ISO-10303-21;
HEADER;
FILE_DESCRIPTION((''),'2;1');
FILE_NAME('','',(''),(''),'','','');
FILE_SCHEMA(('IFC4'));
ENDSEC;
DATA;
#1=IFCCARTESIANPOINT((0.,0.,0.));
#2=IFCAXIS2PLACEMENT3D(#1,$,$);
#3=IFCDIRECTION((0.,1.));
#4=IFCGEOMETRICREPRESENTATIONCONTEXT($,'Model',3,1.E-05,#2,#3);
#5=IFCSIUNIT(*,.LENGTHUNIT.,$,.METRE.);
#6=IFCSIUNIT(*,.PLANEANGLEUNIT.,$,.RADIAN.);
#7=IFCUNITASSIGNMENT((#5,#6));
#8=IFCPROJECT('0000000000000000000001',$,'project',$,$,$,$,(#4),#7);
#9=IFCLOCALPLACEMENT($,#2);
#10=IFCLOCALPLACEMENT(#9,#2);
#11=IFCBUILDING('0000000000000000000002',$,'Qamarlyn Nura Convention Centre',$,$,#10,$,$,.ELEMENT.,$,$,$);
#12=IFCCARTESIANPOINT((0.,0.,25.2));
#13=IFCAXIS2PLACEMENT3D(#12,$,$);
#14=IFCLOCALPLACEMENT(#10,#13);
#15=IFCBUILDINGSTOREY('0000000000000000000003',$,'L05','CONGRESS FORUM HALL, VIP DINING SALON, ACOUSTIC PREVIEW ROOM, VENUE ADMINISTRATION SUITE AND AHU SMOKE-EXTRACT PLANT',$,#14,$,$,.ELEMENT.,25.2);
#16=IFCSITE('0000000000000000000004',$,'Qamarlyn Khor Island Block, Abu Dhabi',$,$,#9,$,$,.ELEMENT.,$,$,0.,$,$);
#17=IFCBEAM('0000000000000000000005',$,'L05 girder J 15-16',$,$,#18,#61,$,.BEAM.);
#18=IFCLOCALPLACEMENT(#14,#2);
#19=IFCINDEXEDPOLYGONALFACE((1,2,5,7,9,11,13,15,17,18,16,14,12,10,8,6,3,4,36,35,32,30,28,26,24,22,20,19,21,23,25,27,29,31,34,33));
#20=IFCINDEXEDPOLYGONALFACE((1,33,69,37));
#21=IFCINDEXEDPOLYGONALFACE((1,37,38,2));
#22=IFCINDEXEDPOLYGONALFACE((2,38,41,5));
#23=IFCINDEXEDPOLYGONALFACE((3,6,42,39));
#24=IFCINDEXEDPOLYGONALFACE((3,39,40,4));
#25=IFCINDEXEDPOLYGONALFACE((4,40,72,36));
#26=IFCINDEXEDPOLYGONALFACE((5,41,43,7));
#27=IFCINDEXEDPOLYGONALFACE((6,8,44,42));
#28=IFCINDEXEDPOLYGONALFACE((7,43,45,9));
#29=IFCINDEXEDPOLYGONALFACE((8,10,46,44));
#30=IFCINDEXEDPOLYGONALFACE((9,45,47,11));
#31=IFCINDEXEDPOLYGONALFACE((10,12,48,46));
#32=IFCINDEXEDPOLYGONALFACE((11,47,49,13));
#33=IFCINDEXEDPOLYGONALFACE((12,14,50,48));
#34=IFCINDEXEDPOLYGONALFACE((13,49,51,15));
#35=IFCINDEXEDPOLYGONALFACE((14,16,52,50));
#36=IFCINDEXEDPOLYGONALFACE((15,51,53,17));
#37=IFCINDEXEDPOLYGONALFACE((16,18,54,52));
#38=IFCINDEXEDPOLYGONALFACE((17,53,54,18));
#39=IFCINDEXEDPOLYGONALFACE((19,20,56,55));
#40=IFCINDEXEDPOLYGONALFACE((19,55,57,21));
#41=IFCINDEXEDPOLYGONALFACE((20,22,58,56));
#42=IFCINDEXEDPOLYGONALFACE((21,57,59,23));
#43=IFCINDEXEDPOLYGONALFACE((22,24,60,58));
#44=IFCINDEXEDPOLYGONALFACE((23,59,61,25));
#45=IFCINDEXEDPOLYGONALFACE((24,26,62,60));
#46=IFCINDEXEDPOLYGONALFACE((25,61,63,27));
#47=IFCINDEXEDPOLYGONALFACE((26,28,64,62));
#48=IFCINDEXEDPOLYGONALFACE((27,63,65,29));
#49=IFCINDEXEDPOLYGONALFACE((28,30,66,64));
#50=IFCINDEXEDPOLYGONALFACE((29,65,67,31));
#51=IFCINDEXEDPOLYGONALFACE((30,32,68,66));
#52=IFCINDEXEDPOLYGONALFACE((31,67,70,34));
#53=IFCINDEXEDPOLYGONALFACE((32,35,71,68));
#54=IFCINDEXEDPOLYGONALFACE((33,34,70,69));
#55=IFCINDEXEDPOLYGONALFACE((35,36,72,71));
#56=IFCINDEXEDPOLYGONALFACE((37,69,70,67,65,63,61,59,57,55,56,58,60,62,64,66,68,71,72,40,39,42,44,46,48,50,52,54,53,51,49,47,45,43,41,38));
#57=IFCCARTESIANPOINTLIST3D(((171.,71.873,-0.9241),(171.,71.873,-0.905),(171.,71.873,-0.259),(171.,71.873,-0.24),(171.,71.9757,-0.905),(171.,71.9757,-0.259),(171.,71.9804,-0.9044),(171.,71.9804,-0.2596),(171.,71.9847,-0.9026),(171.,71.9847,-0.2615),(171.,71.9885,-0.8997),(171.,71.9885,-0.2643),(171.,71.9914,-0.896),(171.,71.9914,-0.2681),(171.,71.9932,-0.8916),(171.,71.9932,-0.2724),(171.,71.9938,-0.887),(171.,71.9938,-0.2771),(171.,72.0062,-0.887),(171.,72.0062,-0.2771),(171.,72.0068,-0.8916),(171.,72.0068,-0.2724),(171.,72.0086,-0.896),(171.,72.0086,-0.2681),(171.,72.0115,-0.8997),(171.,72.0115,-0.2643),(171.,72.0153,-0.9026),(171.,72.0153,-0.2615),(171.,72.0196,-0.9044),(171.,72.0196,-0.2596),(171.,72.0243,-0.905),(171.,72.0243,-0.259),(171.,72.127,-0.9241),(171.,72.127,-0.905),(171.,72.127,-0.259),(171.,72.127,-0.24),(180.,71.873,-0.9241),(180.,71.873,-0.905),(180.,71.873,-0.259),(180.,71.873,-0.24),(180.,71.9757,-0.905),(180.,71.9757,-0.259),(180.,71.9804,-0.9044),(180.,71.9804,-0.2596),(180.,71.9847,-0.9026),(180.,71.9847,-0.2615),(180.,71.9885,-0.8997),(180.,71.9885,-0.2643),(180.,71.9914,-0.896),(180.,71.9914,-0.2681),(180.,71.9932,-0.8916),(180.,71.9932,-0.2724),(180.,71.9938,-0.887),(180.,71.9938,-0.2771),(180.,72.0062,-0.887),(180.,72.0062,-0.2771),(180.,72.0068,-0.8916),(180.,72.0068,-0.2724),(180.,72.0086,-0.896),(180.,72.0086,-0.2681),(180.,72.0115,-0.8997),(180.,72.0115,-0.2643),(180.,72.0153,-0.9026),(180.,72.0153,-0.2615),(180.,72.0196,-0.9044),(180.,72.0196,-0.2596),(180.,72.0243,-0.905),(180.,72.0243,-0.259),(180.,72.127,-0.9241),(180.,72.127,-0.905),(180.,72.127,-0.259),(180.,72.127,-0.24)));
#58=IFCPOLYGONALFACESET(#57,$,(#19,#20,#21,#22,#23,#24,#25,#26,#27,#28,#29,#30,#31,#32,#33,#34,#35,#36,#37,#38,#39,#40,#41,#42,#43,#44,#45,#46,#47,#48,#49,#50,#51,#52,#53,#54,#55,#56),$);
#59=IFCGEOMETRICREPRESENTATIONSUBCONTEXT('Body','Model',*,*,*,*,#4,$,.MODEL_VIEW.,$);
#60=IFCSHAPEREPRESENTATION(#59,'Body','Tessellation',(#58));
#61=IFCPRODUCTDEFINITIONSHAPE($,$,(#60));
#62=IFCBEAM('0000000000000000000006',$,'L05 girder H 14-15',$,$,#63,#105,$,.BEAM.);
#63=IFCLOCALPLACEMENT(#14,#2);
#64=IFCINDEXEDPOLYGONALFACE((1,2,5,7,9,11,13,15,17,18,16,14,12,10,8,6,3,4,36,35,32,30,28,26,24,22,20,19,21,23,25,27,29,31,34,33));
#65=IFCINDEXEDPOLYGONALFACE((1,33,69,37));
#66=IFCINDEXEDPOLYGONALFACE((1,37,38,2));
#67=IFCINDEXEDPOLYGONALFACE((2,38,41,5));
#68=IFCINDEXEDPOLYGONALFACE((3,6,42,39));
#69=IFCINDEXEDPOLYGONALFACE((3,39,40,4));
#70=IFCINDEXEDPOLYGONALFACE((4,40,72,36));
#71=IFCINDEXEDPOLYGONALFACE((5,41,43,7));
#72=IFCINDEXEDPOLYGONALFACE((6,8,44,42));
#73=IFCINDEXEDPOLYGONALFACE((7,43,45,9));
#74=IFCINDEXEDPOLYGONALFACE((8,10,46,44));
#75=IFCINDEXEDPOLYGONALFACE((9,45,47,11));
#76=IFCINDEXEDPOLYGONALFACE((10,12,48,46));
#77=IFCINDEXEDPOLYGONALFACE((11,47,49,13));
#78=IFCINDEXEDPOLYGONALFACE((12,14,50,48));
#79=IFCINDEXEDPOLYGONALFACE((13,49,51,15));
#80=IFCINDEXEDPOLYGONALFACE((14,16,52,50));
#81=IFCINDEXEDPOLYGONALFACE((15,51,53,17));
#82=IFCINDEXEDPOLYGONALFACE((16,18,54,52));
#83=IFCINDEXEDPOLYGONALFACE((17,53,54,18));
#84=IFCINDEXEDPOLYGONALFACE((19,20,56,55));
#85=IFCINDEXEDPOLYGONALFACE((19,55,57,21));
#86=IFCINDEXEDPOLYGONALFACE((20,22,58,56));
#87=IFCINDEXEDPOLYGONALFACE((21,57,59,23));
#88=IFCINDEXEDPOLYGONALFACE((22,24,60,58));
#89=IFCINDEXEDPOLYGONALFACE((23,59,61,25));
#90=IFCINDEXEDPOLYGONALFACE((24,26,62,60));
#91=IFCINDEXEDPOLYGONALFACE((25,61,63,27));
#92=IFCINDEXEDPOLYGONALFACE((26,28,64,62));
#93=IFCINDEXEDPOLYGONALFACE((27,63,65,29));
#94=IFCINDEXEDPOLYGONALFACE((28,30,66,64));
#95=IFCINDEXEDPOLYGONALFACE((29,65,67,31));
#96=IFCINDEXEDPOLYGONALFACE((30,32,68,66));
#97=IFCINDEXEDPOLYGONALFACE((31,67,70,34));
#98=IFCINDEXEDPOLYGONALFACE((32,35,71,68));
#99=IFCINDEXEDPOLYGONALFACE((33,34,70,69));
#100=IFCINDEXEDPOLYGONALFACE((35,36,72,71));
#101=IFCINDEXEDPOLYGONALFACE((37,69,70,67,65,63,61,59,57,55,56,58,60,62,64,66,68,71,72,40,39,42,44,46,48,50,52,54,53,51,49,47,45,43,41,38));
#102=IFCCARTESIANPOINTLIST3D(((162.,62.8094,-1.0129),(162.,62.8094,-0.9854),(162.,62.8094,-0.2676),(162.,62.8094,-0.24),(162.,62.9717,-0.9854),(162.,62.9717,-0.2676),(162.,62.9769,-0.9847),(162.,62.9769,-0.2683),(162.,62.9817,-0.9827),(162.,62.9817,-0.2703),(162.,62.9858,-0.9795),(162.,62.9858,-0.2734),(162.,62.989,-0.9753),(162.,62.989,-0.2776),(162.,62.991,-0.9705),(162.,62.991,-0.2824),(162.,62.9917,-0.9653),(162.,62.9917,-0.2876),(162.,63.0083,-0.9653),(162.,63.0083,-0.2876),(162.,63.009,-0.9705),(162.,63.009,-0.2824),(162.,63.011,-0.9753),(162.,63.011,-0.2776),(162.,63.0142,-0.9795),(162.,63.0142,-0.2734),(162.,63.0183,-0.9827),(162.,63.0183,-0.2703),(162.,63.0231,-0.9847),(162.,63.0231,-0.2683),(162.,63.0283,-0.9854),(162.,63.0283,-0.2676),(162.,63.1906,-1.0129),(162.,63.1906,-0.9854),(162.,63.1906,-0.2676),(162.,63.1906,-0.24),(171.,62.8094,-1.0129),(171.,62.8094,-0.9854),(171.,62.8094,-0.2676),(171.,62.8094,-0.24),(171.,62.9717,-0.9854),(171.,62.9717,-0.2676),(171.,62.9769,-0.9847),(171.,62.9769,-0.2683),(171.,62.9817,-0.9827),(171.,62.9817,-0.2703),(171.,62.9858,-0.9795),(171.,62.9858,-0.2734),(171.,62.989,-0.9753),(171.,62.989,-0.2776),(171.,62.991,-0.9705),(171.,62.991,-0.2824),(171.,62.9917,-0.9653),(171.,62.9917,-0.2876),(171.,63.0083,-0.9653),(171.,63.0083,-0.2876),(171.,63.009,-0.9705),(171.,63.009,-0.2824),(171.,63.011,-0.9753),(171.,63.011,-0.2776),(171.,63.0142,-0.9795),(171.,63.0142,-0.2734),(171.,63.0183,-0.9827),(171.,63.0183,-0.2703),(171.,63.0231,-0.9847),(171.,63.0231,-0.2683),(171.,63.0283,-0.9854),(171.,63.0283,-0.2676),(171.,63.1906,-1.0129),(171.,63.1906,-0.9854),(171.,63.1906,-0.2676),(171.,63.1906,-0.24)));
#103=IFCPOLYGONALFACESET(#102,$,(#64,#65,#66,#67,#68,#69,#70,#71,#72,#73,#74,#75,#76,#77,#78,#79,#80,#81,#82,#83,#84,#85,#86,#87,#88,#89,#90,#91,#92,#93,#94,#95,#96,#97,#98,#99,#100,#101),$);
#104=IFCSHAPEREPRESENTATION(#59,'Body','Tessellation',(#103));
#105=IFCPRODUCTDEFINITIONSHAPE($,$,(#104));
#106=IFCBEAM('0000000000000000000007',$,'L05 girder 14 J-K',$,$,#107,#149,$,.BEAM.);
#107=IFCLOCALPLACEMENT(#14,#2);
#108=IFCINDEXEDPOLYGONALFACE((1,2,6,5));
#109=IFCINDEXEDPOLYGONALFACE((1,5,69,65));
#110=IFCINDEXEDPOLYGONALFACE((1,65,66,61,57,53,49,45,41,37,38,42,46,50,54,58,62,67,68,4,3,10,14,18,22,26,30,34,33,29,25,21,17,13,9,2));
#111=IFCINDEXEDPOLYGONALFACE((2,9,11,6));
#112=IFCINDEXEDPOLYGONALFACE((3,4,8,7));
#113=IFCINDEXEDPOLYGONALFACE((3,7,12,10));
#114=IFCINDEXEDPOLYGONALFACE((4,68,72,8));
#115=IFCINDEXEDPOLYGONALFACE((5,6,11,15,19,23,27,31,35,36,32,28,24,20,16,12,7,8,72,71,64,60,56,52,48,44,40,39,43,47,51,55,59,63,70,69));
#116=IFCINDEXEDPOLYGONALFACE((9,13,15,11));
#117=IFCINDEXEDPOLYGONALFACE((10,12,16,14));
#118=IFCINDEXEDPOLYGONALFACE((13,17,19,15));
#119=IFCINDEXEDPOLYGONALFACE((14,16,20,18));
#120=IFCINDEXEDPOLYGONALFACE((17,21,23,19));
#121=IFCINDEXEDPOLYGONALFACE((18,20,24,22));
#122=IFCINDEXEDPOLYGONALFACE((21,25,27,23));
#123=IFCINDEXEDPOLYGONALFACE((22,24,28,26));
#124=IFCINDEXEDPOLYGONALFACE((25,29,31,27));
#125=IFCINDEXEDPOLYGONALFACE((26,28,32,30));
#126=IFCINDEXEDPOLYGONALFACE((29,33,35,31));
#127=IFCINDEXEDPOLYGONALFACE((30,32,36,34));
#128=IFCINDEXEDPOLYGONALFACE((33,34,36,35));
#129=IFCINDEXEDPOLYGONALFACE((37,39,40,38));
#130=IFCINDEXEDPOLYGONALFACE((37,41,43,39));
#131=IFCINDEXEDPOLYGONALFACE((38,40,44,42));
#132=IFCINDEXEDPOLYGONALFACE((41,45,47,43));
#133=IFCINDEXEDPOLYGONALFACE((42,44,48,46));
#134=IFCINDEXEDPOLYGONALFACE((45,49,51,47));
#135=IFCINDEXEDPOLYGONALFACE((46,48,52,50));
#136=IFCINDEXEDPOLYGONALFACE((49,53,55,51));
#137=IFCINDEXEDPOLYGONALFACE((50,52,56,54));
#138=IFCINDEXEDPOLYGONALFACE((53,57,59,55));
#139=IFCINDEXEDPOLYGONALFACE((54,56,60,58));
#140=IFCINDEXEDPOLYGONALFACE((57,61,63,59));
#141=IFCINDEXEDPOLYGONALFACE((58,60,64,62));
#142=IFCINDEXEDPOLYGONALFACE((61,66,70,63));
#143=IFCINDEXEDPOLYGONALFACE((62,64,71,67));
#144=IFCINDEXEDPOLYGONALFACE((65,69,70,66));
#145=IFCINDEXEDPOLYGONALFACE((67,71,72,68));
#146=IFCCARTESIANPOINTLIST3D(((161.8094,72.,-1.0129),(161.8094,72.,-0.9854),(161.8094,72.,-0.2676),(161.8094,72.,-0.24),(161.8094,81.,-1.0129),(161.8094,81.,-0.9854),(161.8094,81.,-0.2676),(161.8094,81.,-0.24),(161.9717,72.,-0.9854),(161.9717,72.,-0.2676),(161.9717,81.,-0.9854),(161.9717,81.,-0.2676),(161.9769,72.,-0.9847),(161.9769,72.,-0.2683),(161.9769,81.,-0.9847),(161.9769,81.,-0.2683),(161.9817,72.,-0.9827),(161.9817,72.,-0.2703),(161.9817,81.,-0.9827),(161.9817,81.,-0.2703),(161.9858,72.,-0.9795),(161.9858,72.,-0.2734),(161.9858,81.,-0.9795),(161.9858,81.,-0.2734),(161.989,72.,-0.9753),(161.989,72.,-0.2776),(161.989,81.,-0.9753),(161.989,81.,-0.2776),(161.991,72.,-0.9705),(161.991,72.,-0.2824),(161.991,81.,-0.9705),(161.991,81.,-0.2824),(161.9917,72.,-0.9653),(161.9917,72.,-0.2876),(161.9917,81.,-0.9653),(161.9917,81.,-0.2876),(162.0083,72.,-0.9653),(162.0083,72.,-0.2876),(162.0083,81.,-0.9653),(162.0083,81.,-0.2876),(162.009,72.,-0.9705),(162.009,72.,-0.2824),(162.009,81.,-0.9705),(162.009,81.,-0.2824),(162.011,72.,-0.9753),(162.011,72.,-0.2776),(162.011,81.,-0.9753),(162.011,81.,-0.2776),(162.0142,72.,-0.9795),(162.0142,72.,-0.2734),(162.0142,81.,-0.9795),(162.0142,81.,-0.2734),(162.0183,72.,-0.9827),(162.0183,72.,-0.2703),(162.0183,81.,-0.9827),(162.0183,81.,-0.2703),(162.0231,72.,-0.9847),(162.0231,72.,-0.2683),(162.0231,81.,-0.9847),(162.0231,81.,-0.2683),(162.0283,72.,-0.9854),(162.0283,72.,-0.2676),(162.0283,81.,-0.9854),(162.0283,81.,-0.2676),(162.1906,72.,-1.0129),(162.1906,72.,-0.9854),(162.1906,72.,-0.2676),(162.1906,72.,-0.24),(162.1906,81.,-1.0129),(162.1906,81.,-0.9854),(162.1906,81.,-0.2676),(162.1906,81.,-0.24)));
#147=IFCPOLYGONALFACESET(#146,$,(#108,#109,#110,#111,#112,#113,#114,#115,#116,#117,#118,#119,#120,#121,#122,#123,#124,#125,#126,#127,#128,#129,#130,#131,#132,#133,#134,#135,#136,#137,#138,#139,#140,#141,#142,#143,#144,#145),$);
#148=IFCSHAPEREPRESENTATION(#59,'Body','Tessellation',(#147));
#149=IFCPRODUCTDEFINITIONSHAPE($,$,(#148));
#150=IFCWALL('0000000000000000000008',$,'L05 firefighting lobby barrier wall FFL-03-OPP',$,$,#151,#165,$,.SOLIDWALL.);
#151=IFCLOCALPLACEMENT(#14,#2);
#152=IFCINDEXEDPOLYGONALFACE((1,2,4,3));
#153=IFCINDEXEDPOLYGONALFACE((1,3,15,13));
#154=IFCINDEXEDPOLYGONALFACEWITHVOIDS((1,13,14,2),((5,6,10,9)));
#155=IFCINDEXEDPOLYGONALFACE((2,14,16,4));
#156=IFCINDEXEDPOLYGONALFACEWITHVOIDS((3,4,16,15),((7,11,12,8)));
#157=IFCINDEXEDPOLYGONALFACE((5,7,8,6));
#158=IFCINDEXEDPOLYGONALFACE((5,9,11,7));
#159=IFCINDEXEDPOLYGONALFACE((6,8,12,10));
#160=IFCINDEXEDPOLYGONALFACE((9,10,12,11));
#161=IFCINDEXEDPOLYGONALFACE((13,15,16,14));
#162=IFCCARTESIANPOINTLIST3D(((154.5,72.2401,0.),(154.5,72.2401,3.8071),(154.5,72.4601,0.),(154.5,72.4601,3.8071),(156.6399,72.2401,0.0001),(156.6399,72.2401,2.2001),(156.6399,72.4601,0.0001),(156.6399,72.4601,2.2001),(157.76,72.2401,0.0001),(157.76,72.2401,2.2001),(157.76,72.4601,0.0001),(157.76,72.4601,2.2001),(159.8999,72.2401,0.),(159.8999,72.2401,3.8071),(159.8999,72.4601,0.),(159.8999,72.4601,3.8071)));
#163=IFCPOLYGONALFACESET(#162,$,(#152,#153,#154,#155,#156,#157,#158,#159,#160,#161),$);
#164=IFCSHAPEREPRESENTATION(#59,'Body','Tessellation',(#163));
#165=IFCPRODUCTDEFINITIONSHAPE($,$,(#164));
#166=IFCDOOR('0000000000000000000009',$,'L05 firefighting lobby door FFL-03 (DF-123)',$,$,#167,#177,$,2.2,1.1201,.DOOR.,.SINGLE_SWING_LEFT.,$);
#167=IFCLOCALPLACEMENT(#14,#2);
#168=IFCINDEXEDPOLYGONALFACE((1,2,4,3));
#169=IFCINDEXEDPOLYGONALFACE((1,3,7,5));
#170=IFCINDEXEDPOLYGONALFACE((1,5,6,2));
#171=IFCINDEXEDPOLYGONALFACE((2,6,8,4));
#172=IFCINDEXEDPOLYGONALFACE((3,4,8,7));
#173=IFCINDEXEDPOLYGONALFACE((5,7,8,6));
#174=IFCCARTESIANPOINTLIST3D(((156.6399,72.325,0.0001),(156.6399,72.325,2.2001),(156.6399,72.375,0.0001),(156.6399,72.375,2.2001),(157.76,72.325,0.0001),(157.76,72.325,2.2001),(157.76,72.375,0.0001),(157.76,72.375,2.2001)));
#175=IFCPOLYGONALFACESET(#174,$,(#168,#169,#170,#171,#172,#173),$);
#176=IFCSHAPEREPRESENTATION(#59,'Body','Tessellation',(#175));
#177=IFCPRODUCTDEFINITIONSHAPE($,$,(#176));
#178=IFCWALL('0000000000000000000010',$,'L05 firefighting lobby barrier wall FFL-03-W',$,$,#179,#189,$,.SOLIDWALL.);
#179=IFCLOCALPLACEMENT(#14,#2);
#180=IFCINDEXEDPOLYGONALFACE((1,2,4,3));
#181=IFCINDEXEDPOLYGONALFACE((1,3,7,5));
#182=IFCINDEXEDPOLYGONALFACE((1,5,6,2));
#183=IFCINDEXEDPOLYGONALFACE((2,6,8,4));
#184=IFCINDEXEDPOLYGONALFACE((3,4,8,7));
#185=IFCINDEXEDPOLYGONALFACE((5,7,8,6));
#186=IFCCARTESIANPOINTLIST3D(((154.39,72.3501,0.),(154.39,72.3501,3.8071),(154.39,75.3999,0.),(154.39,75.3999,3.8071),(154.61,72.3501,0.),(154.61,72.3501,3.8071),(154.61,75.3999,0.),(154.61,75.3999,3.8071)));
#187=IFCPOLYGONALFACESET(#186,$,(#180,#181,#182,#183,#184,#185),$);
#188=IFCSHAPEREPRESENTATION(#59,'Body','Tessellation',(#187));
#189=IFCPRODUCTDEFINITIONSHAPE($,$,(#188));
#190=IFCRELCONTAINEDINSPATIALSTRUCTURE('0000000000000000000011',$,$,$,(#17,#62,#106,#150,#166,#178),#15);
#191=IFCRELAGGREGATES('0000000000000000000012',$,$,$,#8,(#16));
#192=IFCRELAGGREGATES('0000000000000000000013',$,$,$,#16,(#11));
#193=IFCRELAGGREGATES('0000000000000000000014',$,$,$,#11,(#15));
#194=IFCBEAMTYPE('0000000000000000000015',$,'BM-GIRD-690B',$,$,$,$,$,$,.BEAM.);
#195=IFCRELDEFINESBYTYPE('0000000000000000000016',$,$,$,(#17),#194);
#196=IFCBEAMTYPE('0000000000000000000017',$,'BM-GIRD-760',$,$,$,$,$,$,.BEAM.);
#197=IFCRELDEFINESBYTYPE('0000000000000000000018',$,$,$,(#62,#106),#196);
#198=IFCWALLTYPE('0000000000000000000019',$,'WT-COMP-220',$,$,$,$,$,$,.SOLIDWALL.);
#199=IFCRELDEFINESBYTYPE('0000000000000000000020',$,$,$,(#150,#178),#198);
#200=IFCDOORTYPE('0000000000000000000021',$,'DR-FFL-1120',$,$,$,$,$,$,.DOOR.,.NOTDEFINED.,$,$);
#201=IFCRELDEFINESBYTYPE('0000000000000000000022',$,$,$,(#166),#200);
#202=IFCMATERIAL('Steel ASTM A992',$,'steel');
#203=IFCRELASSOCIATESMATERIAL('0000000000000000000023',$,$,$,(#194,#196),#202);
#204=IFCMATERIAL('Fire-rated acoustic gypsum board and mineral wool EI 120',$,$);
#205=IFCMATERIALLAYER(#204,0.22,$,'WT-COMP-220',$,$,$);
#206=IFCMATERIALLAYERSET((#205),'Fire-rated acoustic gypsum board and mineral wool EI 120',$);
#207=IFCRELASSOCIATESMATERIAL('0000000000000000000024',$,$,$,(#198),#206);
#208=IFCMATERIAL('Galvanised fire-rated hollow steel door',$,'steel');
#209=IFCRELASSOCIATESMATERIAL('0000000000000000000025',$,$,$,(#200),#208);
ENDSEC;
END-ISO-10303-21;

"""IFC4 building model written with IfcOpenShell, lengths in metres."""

from ifc_helpers import new_model, si_unit, direction, frame, frame_2d, origin, origin_2d, place, context, subcontext, project, spatial, rectangle, i_section, extrude, material, layer, layer_set, material_profile, profile_set, type_object, element, fill, save


model = new_model("IFC4")

# Units and contexts
model_context = context("Model", 3, precision=1e-05, world=origin(), true_north=direction((0.0, 1.0)))
body_context = subcontext(model_context, "Body", "Model", "MODEL_VIEW")
ifc_project = project(units=[si_unit("LENGTHUNIT", "METRE"), si_unit("PLANEANGLEUNIT", "RADIAN")], contexts=[model_context])

# Site, building, storey
site_placement = place(None, origin())
site = spatial("IfcSite", under=ifc_project, at=site_placement, Name="Qamarlyn Khor Island Block, Abu Dhabi", CompositionType="ELEMENT", RefElevation=0.0)
building_placement = place(site_placement, origin())
building = spatial("IfcBuilding", under=site, at=building_placement, Name="Qamarlyn Nura Convention Centre", CompositionType="ELEMENT")
storey_placement = place(building_placement, frame((0.0, 0.0, 25.2)))
storey = spatial("IfcBuildingStorey", under=building, at=storey_placement, Name="L05", Description="CONGRESS FORUM HALL, VIP DINING SALON, ACOUSTIC PREVIEW ROOM, VENUE ADMINISTRATION SUITE AND AHU SMOKE-EXTRACT PLANT", CompositionType="ELEMENT", Elevation=25.2)

# Shared definitions
ifc_material_1 = material(Name="Steel ASTM A992", Category="steel")

# Beams
ifc_material_profile_1 = material_profile(ifc_material_1, i_section(OverallWidth=0.2539, OverallDepth=0.6841, WebThickness=0.0125, FlangeThickness=0.019, FilletRadius=0.0181, at=origin_2d()), Name="W690X140")
ifc_profile_set_1 = profile_set([ifc_material_profile_1], Name="Steel ASTM A992")
beam_type_1 = type_object("IfcBeamType", Name="BM-GIRD-690B", PredefinedType="BEAM", material=ifc_profile_set_1)
beam_1_placement = place(storey_placement, frame((171.0, 72.0, -0.582), z_axis=(1.0, 0.0, 0.0), x_axis=(0.0, 1.0, 0.0)))
element("IfcBeam", 1, at=beam_1_placement, inside=storey, type_object=beam_type_1, Name="L05 girder J 15-16", PredefinedType="BEAM", context=body_context, shape_type="SweptSolid", body=[
    extrude(i_section(OverallWidth=0.2539, OverallDepth=0.6841, WebThickness=0.0125, FlangeThickness=0.019, FilletRadius=0.0181, at=origin_2d()), origin(), (0.0, 0.0, 1.0), 9.0),
])
ifc_material_profile_2 = material_profile(ifc_material_1, i_section(OverallWidth=0.3811, OverallDepth=0.7729, WebThickness=0.0166, FlangeThickness=0.0276, FilletRadius=0.02, at=origin_2d()), Name="W760X257")
ifc_profile_set_2 = profile_set([ifc_material_profile_2], Name="Steel ASTM A992")
beam_type_2 = type_object("IfcBeamType", Name="BM-GIRD-760", PredefinedType="BEAM", material=ifc_profile_set_2)
for number, where, z_axis, x_axis, name in (
    (2, (162.0, 63.0, -0.6265), (1.0, 0.0, 0.0), (0.0, 1.0, 0.0), "L05 girder H 14-15"),
    (3, (162.0, 72.0, -0.6265), (0.0, 1.0, 0.0), (-1.0, 0.0, 0.0), "L05 girder 14 J-K"),
):
    element("IfcBeam", number, at=place(storey_placement, frame(where, z_axis=z_axis, x_axis=x_axis)), inside=storey, type_object=beam_type_2, Name=name, PredefinedType="BEAM", context=body_context, shape_type="SweptSolid", body=[
        extrude(i_section(OverallWidth=0.3811, OverallDepth=0.7729, WebThickness=0.0166, FlangeThickness=0.0276, FilletRadius=0.02, at=origin_2d()), origin(), (0.0, 0.0, 1.0), 9.0),
    ])

# Wall, opening, door
ifc_material_2 = material(Name="Fire-rated acoustic gypsum board and mineral wool EI 120")
ifc_layer_1 = layer(ifc_material_2, 0.22, Name="WT-COMP-220")
ifc_layer_set_1 = layer_set([ifc_layer_1], Name="Fire-rated acoustic gypsum board and mineral wool EI 120")
wall_type_1 = type_object("IfcWallType", Name="WT-COMP-220", PredefinedType="SOLIDWALL", material=ifc_layer_set_1)
wall_1_placement = place(storey_placement, frame((154.5, 72.3501, 0.0), z_axis=(0.0, 0.0, 1.0), x_axis=(1.0, 0.0, 0.0)))
wall_1 = element("IfcWall", 4, at=wall_1_placement, inside=storey, type_object=wall_type_1, Name="L05 firefighting lobby barrier wall FFL-03-OPP", PredefinedType="SOLIDWALL", context=body_context, shape_type="SweptSolid", body=[
    extrude(rectangle(XDim=5.3999, YDim=0.22, at=frame_2d((2.7, 0.0))), origin(), (0.0, 0.0, 1.0), 3.8071),
])
opening_1_placement = place(wall_1_placement, frame((2.1399, 0.0, 0.0)))
opening_1 = element("IfcOpeningElement", 5, at=opening_1_placement, cuts=wall_1, PredefinedType="OPENING", context=body_context, shape_type="SweptSolid", body=[
    extrude(rectangle(XDim=1.1201, YDim=2.2, at=frame_2d((0.5601, 1.1001))), frame((0.0, 0.1201, 0.0), z_axis=(0.0, -1.0, 0.0), x_axis=(1.0, 0.0, 0.0)), (0.0, 0.0, 1.0), 0.24),
])
ifc_material_3 = material(Name="Galvanised fire-rated hollow steel door", Category="steel")
door_type_1 = type_object("IfcDoorType", Name="DR-FFL-1120", OperationType="NOTDEFINED", PredefinedType="DOOR", material=ifc_material_3)
door_1_placement = place(opening_1_placement, origin())
door_1 = element("IfcDoor", 6, at=door_1_placement, inside=storey, type_object=door_type_1, Name="L05 firefighting lobby door FFL-03 (DF-123)", OperationType="SINGLE_SWING_LEFT", OverallHeight=2.2, OverallWidth=1.1201, PredefinedType="DOOR", context=body_context, shape_type="SweptSolid", body=[
    extrude(rectangle(XDim=1.1201, YDim=2.2, at=frame_2d((0.5601, 1.1001))), frame((0.0, 0.0249, 0.0), z_axis=(0.0, -1.0, 0.0), x_axis=(1.0, 0.0, 0.0)), (0.0, 0.0, 1.0), 0.05),
])
fill(opening_1, door_1)

# Wall
for number, where, z_axis, x_axis, name in (
    (7, (154.5, 72.3501, 0.0), (0.0, 0.0, 1.0), (0.0, 1.0, 0.0), "L05 firefighting lobby barrier wall FFL-03-W"),
):
    element("IfcWall", number, at=place(storey_placement, frame(where, z_axis=z_axis, x_axis=x_axis)), inside=storey, type_object=wall_type_1, Name=name, PredefinedType="SOLIDWALL", context=body_context, shape_type="SweptSolid", body=[
        extrude(rectangle(XDim=3.0498, YDim=0.22, at=frame_2d((1.5249, 0.0))), origin(), (0.0, 0.0, 1.0), 3.8071),
    ])

save(model, "model.ifc")
